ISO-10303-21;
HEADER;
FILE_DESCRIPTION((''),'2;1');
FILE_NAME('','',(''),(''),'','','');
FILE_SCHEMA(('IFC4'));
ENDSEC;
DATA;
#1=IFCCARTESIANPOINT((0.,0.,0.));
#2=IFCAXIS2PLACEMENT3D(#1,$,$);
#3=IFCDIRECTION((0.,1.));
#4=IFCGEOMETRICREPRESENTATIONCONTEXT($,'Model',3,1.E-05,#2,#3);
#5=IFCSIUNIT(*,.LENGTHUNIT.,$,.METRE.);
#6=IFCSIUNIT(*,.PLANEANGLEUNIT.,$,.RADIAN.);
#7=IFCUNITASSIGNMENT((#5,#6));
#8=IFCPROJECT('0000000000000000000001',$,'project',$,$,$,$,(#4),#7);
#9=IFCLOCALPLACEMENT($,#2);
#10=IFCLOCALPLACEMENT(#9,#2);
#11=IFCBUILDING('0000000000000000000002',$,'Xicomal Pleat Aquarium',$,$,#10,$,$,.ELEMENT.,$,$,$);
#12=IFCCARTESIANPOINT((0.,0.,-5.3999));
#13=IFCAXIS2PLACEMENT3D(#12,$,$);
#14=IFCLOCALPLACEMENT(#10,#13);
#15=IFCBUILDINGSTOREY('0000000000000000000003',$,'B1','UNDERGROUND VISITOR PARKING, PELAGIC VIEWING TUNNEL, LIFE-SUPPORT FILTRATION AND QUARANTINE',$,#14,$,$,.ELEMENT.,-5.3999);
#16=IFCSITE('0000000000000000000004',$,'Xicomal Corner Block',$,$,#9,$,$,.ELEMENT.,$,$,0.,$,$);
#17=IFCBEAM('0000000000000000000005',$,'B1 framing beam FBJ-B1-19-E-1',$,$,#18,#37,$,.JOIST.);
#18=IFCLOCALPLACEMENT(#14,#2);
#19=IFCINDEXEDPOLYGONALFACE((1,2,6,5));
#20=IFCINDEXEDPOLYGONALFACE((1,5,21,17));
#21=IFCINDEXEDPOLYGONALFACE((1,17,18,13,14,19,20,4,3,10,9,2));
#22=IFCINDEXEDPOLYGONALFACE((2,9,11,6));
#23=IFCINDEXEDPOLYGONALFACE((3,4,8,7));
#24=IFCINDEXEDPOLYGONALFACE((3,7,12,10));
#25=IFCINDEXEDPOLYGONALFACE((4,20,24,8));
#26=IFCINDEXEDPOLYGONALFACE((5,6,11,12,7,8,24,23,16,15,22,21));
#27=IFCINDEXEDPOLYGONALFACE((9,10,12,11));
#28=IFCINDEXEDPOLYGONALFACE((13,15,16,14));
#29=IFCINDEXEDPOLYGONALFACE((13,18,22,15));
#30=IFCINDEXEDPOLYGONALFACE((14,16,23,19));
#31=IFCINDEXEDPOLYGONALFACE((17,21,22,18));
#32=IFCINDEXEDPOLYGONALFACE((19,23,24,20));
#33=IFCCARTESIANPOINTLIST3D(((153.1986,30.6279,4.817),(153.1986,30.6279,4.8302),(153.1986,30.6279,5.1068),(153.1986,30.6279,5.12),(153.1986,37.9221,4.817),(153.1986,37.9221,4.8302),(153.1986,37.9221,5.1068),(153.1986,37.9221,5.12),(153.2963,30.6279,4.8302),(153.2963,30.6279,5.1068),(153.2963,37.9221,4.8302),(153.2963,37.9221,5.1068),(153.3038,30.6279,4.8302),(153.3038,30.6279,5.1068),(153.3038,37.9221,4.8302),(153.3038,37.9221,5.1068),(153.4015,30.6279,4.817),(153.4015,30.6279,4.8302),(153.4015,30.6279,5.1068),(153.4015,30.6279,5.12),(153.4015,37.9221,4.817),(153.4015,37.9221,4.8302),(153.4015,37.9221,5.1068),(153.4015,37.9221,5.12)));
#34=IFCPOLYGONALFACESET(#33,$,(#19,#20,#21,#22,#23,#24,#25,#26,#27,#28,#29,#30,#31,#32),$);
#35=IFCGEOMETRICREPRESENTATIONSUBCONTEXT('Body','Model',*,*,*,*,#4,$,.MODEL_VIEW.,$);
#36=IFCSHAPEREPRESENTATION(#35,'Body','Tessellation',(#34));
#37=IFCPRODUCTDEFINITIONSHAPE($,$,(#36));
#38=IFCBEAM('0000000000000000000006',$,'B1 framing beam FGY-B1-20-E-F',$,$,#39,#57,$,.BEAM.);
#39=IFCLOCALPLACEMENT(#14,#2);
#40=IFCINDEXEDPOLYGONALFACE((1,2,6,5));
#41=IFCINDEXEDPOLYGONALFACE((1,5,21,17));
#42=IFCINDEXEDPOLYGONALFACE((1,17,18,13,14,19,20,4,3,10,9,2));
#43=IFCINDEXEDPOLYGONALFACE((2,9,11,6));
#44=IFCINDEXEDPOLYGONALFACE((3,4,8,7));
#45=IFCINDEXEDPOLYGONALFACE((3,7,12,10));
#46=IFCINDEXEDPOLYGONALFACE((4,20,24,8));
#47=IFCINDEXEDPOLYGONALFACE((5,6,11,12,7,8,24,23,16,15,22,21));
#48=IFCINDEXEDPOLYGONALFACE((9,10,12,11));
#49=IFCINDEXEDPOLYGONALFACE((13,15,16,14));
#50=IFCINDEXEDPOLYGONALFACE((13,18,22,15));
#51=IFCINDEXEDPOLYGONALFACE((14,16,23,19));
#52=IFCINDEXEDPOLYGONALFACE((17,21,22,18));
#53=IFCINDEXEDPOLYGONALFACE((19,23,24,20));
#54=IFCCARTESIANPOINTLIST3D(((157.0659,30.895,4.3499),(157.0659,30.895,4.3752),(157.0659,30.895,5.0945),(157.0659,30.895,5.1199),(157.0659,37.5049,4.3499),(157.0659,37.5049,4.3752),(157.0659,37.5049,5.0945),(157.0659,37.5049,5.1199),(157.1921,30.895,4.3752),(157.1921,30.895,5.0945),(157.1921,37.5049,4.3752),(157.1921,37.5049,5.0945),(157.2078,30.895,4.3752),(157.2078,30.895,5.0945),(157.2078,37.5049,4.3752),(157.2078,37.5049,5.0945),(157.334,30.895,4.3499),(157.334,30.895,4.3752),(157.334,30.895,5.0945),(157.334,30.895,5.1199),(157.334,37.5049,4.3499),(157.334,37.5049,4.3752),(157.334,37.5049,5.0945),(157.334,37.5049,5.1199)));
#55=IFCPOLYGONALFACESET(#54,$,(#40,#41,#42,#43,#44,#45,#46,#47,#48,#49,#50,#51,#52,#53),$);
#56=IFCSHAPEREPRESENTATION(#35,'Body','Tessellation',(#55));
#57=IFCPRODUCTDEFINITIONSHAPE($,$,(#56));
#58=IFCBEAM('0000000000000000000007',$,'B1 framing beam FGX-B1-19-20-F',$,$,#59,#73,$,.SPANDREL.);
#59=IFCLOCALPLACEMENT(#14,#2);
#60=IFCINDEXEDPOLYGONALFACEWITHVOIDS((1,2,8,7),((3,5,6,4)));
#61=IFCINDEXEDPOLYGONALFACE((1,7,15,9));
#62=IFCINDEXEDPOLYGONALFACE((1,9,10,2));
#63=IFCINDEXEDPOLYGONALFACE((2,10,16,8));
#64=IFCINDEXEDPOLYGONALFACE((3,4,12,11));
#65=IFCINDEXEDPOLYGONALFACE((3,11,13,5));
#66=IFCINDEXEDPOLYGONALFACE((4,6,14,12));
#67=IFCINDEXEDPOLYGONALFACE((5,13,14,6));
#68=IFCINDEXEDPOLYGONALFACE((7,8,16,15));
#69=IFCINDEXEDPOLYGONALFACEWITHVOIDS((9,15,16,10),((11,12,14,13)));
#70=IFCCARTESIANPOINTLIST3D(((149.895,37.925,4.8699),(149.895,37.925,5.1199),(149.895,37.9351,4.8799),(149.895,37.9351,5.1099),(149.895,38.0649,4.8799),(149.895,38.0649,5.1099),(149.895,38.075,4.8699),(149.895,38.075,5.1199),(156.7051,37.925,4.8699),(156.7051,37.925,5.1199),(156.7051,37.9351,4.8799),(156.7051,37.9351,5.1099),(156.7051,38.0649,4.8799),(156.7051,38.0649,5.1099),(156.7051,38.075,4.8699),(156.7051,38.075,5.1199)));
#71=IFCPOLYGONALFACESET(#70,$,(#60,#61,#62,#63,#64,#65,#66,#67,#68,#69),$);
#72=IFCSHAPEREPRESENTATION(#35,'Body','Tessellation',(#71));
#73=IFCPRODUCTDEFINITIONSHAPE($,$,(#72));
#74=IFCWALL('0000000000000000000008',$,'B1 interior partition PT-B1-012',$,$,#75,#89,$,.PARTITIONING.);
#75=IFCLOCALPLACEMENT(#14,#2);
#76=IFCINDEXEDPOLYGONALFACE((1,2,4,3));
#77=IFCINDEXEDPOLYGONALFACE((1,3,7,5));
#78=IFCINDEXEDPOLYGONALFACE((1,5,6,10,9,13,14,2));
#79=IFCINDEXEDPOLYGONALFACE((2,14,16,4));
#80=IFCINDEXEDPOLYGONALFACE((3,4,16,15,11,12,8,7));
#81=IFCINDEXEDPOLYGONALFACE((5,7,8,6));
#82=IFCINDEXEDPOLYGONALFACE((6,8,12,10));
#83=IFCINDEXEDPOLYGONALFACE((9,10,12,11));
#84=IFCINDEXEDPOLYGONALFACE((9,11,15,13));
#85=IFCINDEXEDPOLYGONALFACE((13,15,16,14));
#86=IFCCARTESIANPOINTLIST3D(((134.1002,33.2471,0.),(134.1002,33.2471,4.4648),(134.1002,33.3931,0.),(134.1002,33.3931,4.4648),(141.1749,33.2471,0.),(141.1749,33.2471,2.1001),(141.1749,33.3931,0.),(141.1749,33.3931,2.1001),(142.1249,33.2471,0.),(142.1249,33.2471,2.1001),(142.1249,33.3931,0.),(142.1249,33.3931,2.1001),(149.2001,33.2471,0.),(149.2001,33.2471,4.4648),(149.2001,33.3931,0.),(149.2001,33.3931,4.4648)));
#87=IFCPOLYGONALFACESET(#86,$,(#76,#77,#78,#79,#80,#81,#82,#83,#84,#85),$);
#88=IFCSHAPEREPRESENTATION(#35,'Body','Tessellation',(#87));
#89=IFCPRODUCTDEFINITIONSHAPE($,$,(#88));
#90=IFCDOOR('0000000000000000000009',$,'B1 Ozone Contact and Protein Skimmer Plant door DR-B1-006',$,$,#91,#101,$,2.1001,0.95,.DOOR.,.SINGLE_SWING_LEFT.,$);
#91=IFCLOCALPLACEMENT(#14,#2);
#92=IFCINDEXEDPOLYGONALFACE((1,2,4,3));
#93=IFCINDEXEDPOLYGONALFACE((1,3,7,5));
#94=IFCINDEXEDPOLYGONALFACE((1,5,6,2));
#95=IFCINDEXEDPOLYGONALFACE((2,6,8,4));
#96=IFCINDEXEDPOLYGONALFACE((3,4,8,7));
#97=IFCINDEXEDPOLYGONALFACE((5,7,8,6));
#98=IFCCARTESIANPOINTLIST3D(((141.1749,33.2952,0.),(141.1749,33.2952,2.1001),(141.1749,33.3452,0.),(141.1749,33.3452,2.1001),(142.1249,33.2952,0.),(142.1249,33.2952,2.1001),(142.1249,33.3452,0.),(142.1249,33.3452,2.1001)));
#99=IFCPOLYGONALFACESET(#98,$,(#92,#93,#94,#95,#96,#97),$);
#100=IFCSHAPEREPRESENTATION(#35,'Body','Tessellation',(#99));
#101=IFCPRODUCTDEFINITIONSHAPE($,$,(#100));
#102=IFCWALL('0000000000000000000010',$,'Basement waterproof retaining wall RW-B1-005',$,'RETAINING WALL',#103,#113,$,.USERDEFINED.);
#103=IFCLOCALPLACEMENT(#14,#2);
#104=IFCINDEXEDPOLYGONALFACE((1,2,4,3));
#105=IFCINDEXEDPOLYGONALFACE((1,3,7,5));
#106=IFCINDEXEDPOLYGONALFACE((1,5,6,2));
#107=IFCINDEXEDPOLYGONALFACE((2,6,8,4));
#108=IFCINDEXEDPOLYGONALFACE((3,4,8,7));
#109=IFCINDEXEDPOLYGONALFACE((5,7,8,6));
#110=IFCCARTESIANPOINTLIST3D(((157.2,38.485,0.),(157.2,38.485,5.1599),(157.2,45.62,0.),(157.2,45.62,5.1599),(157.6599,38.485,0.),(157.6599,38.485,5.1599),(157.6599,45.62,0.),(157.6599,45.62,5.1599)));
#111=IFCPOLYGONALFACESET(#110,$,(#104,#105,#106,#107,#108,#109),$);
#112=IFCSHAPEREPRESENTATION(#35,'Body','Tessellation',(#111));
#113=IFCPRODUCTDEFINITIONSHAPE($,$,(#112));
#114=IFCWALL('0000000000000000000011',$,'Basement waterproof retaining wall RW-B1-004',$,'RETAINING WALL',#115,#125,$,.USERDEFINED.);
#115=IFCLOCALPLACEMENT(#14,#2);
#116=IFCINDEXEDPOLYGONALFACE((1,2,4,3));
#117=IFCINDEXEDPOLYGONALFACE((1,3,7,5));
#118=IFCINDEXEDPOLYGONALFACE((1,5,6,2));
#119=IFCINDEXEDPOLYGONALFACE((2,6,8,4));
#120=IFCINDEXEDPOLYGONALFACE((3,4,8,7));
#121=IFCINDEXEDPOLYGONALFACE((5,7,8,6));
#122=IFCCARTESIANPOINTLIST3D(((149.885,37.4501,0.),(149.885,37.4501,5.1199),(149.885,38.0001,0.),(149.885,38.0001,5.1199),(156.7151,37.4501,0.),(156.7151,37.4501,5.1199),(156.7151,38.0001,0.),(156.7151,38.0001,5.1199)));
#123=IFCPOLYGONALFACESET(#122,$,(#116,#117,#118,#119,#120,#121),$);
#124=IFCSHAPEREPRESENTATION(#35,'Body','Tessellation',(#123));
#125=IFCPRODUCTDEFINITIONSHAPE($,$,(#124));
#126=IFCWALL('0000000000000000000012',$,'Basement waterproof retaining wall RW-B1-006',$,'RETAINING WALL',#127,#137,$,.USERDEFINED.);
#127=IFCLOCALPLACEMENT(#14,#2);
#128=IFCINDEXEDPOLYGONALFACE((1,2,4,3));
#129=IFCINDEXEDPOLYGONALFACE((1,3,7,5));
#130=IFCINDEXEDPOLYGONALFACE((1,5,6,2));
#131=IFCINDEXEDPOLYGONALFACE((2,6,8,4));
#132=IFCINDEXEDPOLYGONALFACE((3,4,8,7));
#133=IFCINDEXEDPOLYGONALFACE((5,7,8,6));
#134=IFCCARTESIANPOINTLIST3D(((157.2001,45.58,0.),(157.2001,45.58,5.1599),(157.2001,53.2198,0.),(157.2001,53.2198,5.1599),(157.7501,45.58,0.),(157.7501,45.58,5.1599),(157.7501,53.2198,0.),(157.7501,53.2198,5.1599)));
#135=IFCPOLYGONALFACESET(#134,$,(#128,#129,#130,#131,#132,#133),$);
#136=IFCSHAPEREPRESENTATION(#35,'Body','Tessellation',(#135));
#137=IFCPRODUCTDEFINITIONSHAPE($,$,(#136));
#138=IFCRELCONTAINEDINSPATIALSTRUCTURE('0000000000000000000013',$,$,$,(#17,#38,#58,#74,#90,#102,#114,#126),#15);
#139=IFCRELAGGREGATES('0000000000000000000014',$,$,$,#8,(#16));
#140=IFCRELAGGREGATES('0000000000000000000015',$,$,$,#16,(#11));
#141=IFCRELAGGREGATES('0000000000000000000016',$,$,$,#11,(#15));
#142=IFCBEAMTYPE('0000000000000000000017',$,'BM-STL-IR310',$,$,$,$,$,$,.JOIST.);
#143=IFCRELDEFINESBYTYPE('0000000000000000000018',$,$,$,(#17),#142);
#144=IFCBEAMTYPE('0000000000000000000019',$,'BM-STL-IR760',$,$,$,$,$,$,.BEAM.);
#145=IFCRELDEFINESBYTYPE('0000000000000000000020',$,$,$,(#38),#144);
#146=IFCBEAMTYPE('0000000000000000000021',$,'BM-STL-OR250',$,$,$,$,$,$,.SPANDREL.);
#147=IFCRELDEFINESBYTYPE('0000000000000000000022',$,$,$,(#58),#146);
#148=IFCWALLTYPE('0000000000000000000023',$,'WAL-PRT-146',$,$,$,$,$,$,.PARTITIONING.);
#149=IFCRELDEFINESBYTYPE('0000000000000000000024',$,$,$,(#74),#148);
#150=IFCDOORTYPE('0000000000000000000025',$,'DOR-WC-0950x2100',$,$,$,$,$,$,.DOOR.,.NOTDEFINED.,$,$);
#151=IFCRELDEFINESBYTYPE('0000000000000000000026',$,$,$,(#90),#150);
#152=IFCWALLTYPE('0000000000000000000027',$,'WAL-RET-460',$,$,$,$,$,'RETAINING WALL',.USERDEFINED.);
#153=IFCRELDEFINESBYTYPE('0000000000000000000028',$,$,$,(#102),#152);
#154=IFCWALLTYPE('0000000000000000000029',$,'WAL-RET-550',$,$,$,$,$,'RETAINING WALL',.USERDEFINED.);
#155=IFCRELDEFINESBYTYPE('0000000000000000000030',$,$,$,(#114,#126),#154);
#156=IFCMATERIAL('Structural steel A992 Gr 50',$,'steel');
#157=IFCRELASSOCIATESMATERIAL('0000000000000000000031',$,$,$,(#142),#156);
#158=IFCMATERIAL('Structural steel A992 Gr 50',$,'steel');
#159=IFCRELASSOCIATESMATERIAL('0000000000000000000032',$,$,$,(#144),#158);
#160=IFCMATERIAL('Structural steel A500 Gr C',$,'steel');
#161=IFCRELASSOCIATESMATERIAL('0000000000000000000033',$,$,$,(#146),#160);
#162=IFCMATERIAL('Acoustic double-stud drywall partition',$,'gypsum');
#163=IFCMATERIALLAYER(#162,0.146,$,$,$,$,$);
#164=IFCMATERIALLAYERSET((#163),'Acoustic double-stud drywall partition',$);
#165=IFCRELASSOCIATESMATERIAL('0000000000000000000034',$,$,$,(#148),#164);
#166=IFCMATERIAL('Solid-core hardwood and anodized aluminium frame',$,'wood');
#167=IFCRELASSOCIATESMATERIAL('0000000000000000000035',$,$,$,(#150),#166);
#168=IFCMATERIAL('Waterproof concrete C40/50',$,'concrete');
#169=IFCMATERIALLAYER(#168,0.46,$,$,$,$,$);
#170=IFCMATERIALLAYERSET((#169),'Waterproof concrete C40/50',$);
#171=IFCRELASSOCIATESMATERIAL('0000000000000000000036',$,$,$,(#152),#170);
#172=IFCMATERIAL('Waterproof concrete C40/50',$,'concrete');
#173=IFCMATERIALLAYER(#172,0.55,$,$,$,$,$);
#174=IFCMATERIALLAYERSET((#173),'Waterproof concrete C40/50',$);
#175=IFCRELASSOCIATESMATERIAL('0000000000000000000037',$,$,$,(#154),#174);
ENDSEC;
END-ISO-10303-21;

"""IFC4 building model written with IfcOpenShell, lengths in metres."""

from ifc_helpers import new_model, si_unit, direction, frame, frame_2d, origin, origin_2d, place, context, subcontext, project, spatial, rectangle, hollow_rectangle, i_section, extrude, material, layer, layer_set, material_profile, profile_set, type_object, element, fill, save


model = new_model("IFC4")

# Units and contexts
model_context = context("Model", 3, precision=1e-05, world=origin(), true_north=direction((0.0, 1.0)))
body_context = subcontext(model_context, "Body", "Model", "MODEL_VIEW")
ifc_project = project(units=[si_unit("LENGTHUNIT", "METRE"), si_unit("PLANEANGLEUNIT", "RADIAN")], contexts=[model_context])

# Site, building, storey
site_placement = place(None, origin())
site = spatial("IfcSite", under=ifc_project, at=site_placement, Name="Xicomal Corner Block", CompositionType="ELEMENT", RefElevation=0.0)
building_placement = place(site_placement, origin())
building = spatial("IfcBuilding", under=site, at=building_placement, Name="Xicomal Pleat Aquarium", CompositionType="ELEMENT")
storey_placement = place(building_placement, frame((0.0, 0.0, -5.3999)))
storey = spatial("IfcBuildingStorey", under=building, at=storey_placement, Name="B1", Description="UNDERGROUND VISITOR PARKING, PELAGIC VIEWING TUNNEL, LIFE-SUPPORT FILTRATION AND QUARANTINE", CompositionType="ELEMENT", Elevation=-5.3999)

# Beams
ifc_material_1 = material(Name="Structural steel A992 Gr 50", Category="steel")
ifc_material_profile_1 = material_profile(ifc_material_1, i_section(OverallWidth=0.2029, OverallDepth=0.303, WebThickness=0.0076, FlangeThickness=0.0132, at=origin_2d()), Name="IR 310x60")
ifc_profile_set_1 = profile_set([ifc_material_profile_1], Name="Structural steel A992 Gr 50")
beam_type_1 = type_object("IfcBeamType", Name="BM-STL-IR310", PredefinedType="JOIST", material=ifc_profile_set_1)
beam_1_placement = place(storey_placement, frame((153.3, 30.6279, 4.9685), z_axis=(0.0, 1.0, 0.0), x_axis=(-1.0, 0.0, 0.0)))
element("IfcBeam", 1, at=beam_1_placement, inside=storey, type_object=beam_type_1, Name="B1 framing beam FBJ-B1-19-E-1", PredefinedType="JOIST", context=body_context, shape_type="SweptSolid", body=[
    extrude(i_section(OverallWidth=0.2029, OverallDepth=0.303, WebThickness=0.0076, FlangeThickness=0.0132, at=origin_2d()), origin(), (0.0, 0.0, 1.0), 7.2942),
])
ifc_material_2 = material(Name="Structural steel A992 Gr 50", Category="steel")
ifc_material_profile_2 = material_profile(ifc_material_2, i_section(OverallWidth=0.2681, OverallDepth=0.77, WebThickness=0.0156, FlangeThickness=0.0254, at=origin_2d()), Name="IR 760x196")
ifc_profile_set_2 = profile_set([ifc_material_profile_2], Name="Structural steel A992 Gr 50")
beam_type_2 = type_object("IfcBeamType", Name="BM-STL-IR760", PredefinedType="BEAM", material=ifc_profile_set_2)
beam_2_placement = place(storey_placement, frame((157.2, 30.895, 4.7349), z_axis=(0.0, 1.0, 0.0), x_axis=(-1.0, 0.0, 0.0)))
element("IfcBeam", 2, at=beam_2_placement, inside=storey, type_object=beam_type_2, Name="B1 framing beam FGY-B1-20-E-F", PredefinedType="BEAM", context=body_context, shape_type="SweptSolid", body=[
    extrude(i_section(OverallWidth=0.2681, OverallDepth=0.77, WebThickness=0.0156, FlangeThickness=0.0254, at=origin_2d()), origin(), (0.0, 0.0, 1.0), 6.6099),
])
ifc_material_3 = material(Name="Structural steel A500 Gr C", Category="steel")
ifc_material_profile_3 = material_profile(ifc_material_3, hollow_rectangle(XDim=0.1499, YDim=0.25, WallThickness=0.01, at=origin_2d()), Name="OR 250x150x10")
ifc_profile_set_3 = profile_set([ifc_material_profile_3], Name="Structural steel A500 Gr C")
beam_type_3 = type_object("IfcBeamType", Name="BM-STL-OR250", PredefinedType="SPANDREL", material=ifc_profile_set_3)
beam_3_placement = place(storey_placement, frame((149.895, 38.0, 4.9949), z_axis=(1.0, 0.0, 0.0), x_axis=(0.0, 1.0, 0.0)))
element("IfcBeam", 3, at=beam_3_placement, inside=storey, type_object=beam_type_3, Name="B1 framing beam FGX-B1-19-20-F", PredefinedType="SPANDREL", context=body_context, shape_type="SweptSolid", body=[
    extrude(hollow_rectangle(XDim=0.1499, YDim=0.25, WallThickness=0.01, at=origin_2d()), origin(), (0.0, 0.0, 1.0), 6.8101),
])

# Wall, opening, door
ifc_material_4 = material(Name="Acoustic double-stud drywall partition", Category="gypsum")
ifc_layer_1 = layer(ifc_material_4, 0.146)
ifc_layer_set_1 = layer_set([ifc_layer_1], Name="Acoustic double-stud drywall partition")
wall_type_1 = type_object("IfcWallType", Name="WAL-PRT-146", PredefinedType="PARTITIONING", material=ifc_layer_set_1)
wall_1_placement = place(storey_placement, frame((149.2, 33.3201, 0.0), z_axis=(0.0, 0.0, 1.0), x_axis=(-1.0, 0.0, 0.0)))
wall_1 = element("IfcWall", 4, at=wall_1_placement, inside=storey, type_object=wall_type_1, Name="B1 interior partition PT-B1-012", PredefinedType="PARTITIONING", context=body_context, shape_type="SweptSolid", body=[
    extrude(rectangle(XDim=15.0999, YDim=0.146, at=frame_2d((7.5498, 0.0))), origin(), (0.0, 0.0, 1.0), 4.4648),
])
opening_placement = place(wall_1_placement, frame((7.075, 0.0, 0.0)))
opening = element("IfcOpeningElement", 5, at=opening_placement, cuts=wall_1, PredefinedType="OPENING", context=body_context, shape_type="SweptSolid", body=[
    extrude(rectangle(XDim=0.95, YDim=2.1001, at=frame_2d((0.4751, 1.05))), frame((0.0, 0.083, 0.0), z_axis=(0.0, -1.0, 0.0), x_axis=(1.0, 0.0, 0.0)), (0.0, 0.0, 1.0), 0.166),
])
ifc_material_5 = material(Name="Solid-core hardwood and anodized aluminium frame", Category="wood")
door_type = type_object("IfcDoorType", Name="DOR-WC-0950x2100", OperationType="NOTDEFINED", PredefinedType="DOOR", material=ifc_material_5)
door_placement = place(opening_placement, origin())
door = element("IfcDoor", 6, at=door_placement, inside=storey, type_object=door_type, Name="B1 Ozone Contact and Protein Skimmer Plant door DR-B1-006", OperationType="SINGLE_SWING_LEFT", OverallHeight=2.1001, OverallWidth=0.95, PredefinedType="DOOR", context=body_context, shape_type="SweptSolid", body=[
    extrude(rectangle(XDim=0.95, YDim=2.1001, at=frame_2d((0.4751, 1.05))), frame((0.0, 0.0249, 0.0), z_axis=(0.0, -1.0, 0.0), x_axis=(1.0, 0.0, 0.0)), (0.0, 0.0, 1.0), 0.05),
])
fill(opening, door)

# Walls
ifc_material_6 = material(Name="Waterproof concrete C40/50", Category="concrete")
ifc_layer_2 = layer(ifc_material_6, 0.46)
ifc_layer_set_2 = layer_set([ifc_layer_2], Name="Waterproof concrete C40/50")
wall_type_2 = type_object("IfcWallType", Name="WAL-RET-460", ElementType="RETAINING WALL", PredefinedType="USERDEFINED", material=ifc_layer_set_2)
wall_2_placement = place(storey_placement, frame((157.4299, 38.4851, 0.0), z_axis=(0.0, 0.0, 1.0), x_axis=(0.0, 1.0, 0.0)))
element("IfcWall", 7, at=wall_2_placement, inside=storey, type_object=wall_type_2, Name="Basement waterproof retaining wall RW-B1-005", ObjectType="RETAINING WALL", PredefinedType="USERDEFINED", context=body_context, shape_type="SweptSolid", body=[
    extrude(rectangle(XDim=7.135, YDim=0.46, at=frame_2d((3.5674, 0.0))), origin(), (0.0, 0.0, 1.0), 5.1599),
])
ifc_material_7 = material(Name="Waterproof concrete C40/50", Category="concrete")
ifc_layer_3 = layer(ifc_material_7, 0.55)
ifc_layer_set_3 = layer_set([ifc_layer_3], Name="Waterproof concrete C40/50")
wall_type_3 = type_object("IfcWallType", Name="WAL-RET-550", ElementType="RETAINING WALL", PredefinedType="USERDEFINED", material=ifc_layer_set_3)
wall_3_placement = place(storey_placement, frame((149.885, 37.7251, 0.0), z_axis=(0.0, 0.0, 1.0), x_axis=(1.0, 0.0, 0.0)))
element("IfcWall", 8, at=wall_3_placement, inside=storey, type_object=wall_type_3, Name="Basement waterproof retaining wall RW-B1-004", ObjectType="RETAINING WALL", PredefinedType="USERDEFINED", context=body_context, shape_type="SweptSolid", body=[
    extrude(rectangle(XDim=6.8301, YDim=0.55, at=frame_2d((3.415, 0.0))), origin(), (0.0, 0.0, 1.0), 5.1199),
])
wall_4_placement = place(storey_placement, frame((157.4751, 45.5801, 0.0), z_axis=(0.0, 0.0, 1.0), x_axis=(0.0, 1.0, 0.0)))
element("IfcWall", 9, at=wall_4_placement, inside=storey, type_object=wall_type_3, Name="Basement waterproof retaining wall RW-B1-006", ObjectType="RETAINING WALL", PredefinedType="USERDEFINED", context=body_context, shape_type="SweptSolid", body=[
    extrude(rectangle(XDim=7.6399, YDim=0.55, at=frame_2d((3.8198, 0.0))), origin(), (0.0, 0.0, 1.0), 5.1599),
])

save(model, "model.ifc")
